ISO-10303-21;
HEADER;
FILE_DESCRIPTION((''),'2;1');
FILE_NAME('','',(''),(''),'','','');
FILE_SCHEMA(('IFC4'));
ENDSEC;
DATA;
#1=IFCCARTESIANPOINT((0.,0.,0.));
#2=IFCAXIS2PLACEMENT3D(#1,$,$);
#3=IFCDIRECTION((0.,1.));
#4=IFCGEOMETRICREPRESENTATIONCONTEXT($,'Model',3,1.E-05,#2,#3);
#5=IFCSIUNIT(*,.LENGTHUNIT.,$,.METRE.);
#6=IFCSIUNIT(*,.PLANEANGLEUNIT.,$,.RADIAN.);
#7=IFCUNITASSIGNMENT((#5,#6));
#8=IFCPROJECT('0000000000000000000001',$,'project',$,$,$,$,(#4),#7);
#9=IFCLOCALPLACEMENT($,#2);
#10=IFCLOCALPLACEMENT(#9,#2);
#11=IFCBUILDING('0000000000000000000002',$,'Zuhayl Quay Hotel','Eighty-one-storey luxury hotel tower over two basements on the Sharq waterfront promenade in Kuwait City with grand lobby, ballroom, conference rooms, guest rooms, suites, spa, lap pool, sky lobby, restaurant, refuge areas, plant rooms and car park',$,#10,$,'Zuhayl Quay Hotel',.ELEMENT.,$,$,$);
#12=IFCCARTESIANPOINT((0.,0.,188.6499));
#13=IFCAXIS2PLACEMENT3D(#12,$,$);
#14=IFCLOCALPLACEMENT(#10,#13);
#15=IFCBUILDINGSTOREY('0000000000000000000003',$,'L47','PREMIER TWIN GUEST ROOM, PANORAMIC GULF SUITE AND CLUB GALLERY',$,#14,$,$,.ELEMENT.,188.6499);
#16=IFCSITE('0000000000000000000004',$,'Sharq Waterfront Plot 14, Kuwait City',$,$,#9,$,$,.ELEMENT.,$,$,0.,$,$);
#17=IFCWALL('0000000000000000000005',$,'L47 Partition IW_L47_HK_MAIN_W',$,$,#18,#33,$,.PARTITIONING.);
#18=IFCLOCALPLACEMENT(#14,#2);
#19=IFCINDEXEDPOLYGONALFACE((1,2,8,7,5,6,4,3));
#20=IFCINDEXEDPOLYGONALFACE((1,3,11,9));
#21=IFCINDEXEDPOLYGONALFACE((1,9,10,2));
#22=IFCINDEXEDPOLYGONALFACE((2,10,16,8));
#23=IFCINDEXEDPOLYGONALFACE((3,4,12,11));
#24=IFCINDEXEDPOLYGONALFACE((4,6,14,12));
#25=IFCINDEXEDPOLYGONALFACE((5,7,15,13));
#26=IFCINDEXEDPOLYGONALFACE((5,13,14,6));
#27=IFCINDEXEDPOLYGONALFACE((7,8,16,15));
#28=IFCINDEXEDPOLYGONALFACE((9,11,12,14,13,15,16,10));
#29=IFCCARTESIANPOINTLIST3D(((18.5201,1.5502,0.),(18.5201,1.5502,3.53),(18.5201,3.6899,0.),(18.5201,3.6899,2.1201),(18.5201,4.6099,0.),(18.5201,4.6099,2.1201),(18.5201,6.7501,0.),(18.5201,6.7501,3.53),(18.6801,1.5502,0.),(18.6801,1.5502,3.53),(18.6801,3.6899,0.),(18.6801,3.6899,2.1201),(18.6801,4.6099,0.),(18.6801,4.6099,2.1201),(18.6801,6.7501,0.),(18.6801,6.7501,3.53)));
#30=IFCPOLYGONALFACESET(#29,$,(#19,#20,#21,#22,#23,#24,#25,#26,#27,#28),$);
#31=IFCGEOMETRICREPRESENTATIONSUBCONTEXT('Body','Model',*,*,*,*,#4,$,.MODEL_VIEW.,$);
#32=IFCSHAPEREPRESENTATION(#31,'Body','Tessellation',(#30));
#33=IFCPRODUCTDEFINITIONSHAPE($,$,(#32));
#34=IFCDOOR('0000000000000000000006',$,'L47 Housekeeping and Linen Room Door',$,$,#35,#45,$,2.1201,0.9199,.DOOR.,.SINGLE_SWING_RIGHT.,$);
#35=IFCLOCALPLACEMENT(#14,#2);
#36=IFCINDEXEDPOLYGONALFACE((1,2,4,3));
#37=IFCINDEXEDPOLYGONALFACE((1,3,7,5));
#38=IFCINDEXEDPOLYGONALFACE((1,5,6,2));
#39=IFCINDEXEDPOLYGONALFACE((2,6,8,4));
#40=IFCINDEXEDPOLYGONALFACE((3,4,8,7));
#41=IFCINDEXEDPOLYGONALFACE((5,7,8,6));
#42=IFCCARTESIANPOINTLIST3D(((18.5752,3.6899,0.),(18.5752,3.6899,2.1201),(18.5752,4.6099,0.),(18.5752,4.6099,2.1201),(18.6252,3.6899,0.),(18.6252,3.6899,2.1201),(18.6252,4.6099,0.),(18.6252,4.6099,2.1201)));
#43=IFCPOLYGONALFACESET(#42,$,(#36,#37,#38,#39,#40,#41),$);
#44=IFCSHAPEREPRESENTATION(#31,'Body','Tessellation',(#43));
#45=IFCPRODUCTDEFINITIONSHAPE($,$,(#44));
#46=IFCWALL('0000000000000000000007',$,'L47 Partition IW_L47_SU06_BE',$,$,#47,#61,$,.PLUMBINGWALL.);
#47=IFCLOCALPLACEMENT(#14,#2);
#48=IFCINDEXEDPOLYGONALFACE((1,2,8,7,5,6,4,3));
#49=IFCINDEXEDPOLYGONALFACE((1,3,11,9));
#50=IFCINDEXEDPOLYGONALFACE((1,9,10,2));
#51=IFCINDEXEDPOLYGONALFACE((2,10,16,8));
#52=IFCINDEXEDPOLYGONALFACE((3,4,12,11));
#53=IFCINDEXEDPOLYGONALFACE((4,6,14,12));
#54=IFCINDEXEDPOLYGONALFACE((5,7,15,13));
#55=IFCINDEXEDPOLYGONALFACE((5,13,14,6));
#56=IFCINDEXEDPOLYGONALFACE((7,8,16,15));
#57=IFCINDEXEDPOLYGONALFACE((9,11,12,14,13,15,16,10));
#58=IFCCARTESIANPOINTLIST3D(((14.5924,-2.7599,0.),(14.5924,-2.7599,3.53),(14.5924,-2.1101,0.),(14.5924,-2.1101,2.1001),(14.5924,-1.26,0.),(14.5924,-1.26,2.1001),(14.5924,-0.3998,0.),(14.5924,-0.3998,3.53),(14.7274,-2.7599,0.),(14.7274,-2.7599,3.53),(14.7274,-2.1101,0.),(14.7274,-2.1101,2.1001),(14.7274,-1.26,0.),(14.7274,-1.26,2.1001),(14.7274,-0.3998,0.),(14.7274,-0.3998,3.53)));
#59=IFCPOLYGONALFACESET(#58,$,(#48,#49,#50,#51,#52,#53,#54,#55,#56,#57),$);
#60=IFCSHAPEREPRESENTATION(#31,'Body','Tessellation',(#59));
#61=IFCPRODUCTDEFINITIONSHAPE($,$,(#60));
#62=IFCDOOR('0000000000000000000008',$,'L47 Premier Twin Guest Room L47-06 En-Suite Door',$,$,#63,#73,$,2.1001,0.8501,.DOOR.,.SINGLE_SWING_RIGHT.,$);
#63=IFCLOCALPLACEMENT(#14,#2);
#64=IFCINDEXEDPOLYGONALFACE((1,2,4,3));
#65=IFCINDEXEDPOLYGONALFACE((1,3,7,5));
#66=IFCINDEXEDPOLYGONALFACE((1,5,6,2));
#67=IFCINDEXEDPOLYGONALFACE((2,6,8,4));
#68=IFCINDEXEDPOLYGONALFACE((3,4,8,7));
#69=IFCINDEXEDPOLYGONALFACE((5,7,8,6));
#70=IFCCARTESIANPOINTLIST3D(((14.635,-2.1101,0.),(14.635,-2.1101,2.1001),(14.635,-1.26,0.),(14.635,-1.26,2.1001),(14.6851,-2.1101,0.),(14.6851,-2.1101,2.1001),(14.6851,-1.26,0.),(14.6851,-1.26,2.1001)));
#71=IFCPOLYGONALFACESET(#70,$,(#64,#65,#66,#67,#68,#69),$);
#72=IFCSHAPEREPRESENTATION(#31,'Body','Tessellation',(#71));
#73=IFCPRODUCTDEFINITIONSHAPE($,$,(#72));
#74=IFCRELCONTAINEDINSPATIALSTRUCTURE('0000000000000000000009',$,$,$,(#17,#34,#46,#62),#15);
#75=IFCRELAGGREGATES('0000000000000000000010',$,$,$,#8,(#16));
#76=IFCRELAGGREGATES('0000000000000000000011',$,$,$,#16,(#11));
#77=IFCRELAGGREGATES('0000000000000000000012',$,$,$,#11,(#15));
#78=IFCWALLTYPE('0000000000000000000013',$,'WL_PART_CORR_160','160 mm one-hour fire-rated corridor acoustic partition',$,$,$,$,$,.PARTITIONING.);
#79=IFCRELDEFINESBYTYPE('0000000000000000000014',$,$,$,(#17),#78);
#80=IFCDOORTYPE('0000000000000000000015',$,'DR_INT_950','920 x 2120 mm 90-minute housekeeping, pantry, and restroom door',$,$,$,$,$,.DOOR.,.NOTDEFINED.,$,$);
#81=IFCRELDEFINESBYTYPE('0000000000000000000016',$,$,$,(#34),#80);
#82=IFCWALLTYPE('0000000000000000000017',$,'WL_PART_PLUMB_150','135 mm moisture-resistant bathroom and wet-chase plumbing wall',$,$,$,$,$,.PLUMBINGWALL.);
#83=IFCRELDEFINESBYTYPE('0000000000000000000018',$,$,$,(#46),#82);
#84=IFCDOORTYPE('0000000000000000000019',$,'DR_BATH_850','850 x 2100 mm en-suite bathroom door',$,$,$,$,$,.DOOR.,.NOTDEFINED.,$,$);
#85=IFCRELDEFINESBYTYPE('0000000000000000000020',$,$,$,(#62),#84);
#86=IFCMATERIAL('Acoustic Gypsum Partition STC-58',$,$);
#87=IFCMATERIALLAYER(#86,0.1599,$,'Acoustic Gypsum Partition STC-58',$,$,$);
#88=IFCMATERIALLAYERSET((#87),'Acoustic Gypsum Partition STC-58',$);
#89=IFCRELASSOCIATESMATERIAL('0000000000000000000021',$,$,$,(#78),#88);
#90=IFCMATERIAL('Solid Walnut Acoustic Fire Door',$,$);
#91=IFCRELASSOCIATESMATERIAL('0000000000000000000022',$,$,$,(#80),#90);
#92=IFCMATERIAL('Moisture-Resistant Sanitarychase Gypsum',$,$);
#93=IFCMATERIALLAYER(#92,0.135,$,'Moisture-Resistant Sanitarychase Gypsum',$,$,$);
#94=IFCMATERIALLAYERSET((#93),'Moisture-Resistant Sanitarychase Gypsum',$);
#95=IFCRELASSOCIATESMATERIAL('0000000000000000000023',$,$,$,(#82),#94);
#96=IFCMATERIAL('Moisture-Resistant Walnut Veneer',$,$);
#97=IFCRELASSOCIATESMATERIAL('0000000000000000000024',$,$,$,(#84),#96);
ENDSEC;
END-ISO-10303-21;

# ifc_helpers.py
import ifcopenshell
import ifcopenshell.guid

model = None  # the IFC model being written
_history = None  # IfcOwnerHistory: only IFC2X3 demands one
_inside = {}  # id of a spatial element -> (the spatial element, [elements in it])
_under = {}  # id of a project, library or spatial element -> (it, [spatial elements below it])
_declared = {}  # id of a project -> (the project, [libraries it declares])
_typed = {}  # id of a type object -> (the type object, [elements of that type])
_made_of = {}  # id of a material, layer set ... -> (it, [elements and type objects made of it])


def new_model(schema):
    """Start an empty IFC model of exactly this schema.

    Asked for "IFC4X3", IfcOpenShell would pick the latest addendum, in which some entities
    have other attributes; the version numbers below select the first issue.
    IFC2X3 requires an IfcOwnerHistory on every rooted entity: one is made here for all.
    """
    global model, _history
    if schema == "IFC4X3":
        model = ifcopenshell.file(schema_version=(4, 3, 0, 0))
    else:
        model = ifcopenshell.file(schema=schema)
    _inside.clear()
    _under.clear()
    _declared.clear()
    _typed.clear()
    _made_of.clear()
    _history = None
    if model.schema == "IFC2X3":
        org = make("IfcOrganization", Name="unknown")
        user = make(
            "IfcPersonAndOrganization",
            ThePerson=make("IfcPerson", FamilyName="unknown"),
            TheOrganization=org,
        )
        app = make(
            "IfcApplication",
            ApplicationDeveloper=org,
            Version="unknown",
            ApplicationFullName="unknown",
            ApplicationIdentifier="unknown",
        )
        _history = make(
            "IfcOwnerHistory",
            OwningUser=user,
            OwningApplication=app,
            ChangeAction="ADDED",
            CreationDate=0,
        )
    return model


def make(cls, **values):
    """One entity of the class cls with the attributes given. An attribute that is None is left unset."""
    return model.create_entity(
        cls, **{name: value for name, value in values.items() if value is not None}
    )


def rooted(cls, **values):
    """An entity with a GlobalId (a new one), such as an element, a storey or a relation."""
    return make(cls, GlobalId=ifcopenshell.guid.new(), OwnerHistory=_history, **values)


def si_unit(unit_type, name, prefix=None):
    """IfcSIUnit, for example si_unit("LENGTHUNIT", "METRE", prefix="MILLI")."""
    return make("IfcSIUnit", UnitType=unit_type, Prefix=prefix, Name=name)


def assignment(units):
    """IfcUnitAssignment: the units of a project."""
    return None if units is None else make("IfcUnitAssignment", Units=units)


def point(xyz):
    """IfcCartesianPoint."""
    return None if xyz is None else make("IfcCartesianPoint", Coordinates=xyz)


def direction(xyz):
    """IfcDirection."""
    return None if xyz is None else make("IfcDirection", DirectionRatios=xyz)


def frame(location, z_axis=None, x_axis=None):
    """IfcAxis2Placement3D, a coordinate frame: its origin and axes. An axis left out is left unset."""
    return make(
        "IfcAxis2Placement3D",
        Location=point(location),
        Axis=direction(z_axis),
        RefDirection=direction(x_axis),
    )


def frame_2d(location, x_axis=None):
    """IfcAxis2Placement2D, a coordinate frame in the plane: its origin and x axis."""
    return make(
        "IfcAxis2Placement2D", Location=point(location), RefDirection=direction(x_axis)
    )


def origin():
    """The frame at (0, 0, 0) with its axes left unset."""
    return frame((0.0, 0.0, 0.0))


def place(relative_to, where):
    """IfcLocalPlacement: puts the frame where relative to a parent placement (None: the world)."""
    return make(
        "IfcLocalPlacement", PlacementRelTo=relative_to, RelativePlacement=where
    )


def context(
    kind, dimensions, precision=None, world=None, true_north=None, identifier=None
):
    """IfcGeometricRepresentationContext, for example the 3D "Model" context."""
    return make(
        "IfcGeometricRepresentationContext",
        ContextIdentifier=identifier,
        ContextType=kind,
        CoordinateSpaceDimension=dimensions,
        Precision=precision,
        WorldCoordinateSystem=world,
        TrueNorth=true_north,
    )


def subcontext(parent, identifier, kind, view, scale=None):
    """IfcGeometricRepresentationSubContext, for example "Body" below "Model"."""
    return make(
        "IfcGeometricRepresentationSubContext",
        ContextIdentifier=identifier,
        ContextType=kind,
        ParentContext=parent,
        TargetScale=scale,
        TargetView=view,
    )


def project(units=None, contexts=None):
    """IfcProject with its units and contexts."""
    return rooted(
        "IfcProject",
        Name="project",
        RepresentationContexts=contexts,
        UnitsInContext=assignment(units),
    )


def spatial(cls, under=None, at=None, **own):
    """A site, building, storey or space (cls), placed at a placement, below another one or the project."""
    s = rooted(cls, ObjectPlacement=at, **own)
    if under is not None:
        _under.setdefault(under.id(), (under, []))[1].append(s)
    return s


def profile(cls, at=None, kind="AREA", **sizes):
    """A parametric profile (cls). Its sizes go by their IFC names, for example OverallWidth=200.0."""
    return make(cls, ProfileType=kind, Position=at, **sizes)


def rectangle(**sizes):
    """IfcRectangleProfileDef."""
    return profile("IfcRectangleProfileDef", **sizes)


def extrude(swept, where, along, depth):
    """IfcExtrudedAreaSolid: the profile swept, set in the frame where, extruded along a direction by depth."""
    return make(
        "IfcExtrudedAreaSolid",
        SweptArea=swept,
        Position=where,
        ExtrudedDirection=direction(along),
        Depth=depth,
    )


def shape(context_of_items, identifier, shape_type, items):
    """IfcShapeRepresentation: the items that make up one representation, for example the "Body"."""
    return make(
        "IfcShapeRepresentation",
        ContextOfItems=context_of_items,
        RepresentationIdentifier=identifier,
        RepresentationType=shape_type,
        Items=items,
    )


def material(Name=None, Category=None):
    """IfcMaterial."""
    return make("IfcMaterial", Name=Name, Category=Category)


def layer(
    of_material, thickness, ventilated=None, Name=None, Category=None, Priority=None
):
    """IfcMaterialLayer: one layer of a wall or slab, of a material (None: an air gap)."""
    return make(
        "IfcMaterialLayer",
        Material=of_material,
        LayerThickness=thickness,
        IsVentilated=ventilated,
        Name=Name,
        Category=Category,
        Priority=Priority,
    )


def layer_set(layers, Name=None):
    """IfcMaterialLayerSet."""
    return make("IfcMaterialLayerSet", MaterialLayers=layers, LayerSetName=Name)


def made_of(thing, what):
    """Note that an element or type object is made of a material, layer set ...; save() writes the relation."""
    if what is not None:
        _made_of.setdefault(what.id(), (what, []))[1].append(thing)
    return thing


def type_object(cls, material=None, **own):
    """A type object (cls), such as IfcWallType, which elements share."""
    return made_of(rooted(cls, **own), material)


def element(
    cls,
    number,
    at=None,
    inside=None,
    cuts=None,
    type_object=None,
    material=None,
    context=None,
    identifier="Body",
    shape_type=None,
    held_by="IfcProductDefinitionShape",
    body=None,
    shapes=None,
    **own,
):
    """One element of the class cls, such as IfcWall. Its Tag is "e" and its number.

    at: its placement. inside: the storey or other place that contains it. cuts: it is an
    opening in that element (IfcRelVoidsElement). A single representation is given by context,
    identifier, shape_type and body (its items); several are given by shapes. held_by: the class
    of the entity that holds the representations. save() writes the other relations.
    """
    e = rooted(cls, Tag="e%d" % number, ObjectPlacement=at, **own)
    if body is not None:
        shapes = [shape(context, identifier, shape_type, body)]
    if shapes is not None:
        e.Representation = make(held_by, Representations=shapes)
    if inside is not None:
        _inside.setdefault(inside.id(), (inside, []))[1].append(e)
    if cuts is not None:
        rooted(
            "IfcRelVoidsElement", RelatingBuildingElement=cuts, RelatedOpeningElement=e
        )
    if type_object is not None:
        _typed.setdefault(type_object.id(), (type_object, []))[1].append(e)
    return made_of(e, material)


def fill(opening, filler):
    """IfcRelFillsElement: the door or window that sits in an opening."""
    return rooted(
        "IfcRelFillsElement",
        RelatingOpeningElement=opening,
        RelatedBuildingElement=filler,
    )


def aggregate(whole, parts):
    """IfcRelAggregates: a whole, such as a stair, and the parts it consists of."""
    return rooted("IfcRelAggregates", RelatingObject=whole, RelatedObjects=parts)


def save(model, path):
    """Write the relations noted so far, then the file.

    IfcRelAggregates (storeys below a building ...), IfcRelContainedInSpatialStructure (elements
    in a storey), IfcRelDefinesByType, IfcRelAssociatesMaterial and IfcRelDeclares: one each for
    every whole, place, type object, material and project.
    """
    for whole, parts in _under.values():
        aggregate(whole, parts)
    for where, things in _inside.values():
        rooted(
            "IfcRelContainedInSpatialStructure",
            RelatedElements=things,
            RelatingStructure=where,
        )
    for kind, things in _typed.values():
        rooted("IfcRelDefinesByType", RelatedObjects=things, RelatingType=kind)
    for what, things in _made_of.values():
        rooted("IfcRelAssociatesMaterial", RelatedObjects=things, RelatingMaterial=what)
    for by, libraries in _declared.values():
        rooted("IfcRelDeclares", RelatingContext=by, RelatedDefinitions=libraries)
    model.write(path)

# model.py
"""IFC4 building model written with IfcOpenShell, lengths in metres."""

from ifc_helpers import new_model, si_unit, direction, frame, frame_2d, origin, place, context, subcontext, project, spatial, rectangle, extrude, material, layer, layer_set, type_object, element, fill, save


model = new_model("IFC4")

# Units and contexts
model_context = context("Model", 3, precision=1e-05, world=origin(), true_north=direction((0.0, 1.0)))
body_context = subcontext(model_context, "Body", "Model", "MODEL_VIEW")
ifc_project = project(units=[si_unit("LENGTHUNIT", "METRE"), si_unit("PLANEANGLEUNIT", "RADIAN")], contexts=[model_context])

# Site, building, storey
site_placement = place(None, origin())
site = spatial("IfcSite", under=ifc_project, at=site_placement, Name="Sharq Waterfront Plot 14, Kuwait City", CompositionType="ELEMENT", RefElevation=0.0)
building_placement = place(site_placement, origin())
building = spatial("IfcBuilding", under=site, at=building_placement, Name="Zuhayl Quay Hotel", Description="Eighty-one-storey luxury hotel tower over two basements on the Sharq waterfront promenade in Kuwait City with grand lobby, ballroom, conference rooms, guest rooms, suites, spa, lap pool, sky lobby, restaurant, refuge areas, plant rooms and car park", LongName="Zuhayl Quay Hotel", CompositionType="ELEMENT")
storey_placement = place(building_placement, frame((0.0, 0.0, 188.6499)))
storey = spatial("IfcBuildingStorey", under=building, at=storey_placement, Name="L47", Description="PREMIER TWIN GUEST ROOM, PANORAMIC GULF SUITE AND CLUB GALLERY", CompositionType="ELEMENT", Elevation=188.6499)

# Shared definitions
ifc_material_1 = material(Name="Acoustic Gypsum Partition STC-58")

# Walls, openings, doors
ifc_layer_1 = layer(ifc_material_1, 0.1599, Name="Acoustic Gypsum Partition STC-58")
ifc_layer_set_1 = layer_set([ifc_layer_1], Name="Acoustic Gypsum Partition STC-58")
wall_type_1 = type_object("IfcWallType", Name="WL_PART_CORR_160", Description="160 mm one-hour fire-rated corridor acoustic partition", PredefinedType="PARTITIONING", material=ifc_layer_set_1)
wall_1_placement = place(storey_placement, frame((18.6001, 1.55, 0.0), z_axis=(0.0, 0.0, 1.0), x_axis=(0.0, 1.0, 0.0)))
wall_1 = element("IfcWall", 1, at=wall_1_placement, inside=storey, type_object=wall_type_1, Name="L47 Partition IW_L47_HK_MAIN_W", PredefinedType="PARTITIONING", context=body_context, shape_type="SweptSolid", body=[
    extrude(rectangle(XDim=5.2, YDim=0.1599, at=frame_2d((2.6001, 0.0))), origin(), (0.0, 0.0, 1.0), 3.53),
])
opening_1_placement = place(wall_1_placement, frame((2.1399, 0.0, 0.0)))
opening_1 = element("IfcOpeningElement", 2, at=opening_1_placement, cuts=wall_1, PredefinedType="OPENING", context=body_context, shape_type="SweptSolid", body=[
    extrude(rectangle(XDim=0.9199, YDim=2.1201, at=frame_2d((0.46, 1.0601))), frame((0.0, 0.0898, 0.0), z_axis=(0.0, -1.0, 0.0), x_axis=(1.0, 0.0, 0.0)), (0.0, 0.0, 1.0), 0.1799),
])
ifc_material_2 = material(Name="Solid Walnut Acoustic Fire Door")
door_type_1 = type_object("IfcDoorType", Name="DR_INT_950", Description="920 x 2120 mm 90-minute housekeeping, pantry, and restroom door", OperationType="NOTDEFINED", PredefinedType="DOOR", material=ifc_material_2)
door_1_placement = place(opening_1_placement, origin())
door_1 = element("IfcDoor", 3, at=door_1_placement, inside=storey, type_object=door_type_1, Name="L47 Housekeeping and Linen Room Door", OperationType="SINGLE_SWING_RIGHT", OverallHeight=2.1201, OverallWidth=0.9199, PredefinedType="DOOR", context=body_context, shape_type="SweptSolid", body=[
    extrude(rectangle(XDim=0.9199, YDim=2.1201, at=frame_2d((0.46, 1.0601))), frame((0.0, 0.0249, 0.0), z_axis=(0.0, -1.0, 0.0), x_axis=(1.0, 0.0, 0.0)), (0.0, 0.0, 1.0), 0.05),
])
fill(opening_1, door_1)
ifc_material_3 = material(Name="Moisture-Resistant Sanitarychase Gypsum")
ifc_layer_2 = layer(ifc_material_3, 0.135, Name="Moisture-Resistant Sanitarychase Gypsum")
ifc_layer_set_2 = layer_set([ifc_layer_2], Name="Moisture-Resistant Sanitarychase Gypsum")
wall_type_2 = type_object("IfcWallType", Name="WL_PART_PLUMB_150", Description="135 mm moisture-resistant bathroom and wet-chase plumbing wall", PredefinedType="PLUMBINGWALL", material=ifc_layer_set_2)
wall_2_placement = place(storey_placement, frame((14.6599, -2.76, 0.0), z_axis=(0.0, 0.0, 1.0), x_axis=(0.0, 1.0, 0.0)))
wall_2 = element("IfcWall", 4, at=wall_2_placement, inside=storey, type_object=wall_type_2, Name="L47 Partition IW_L47_SU06_BE", PredefinedType="PLUMBINGWALL", context=body_context, shape_type="SweptSolid", body=[
    extrude(rectangle(XDim=2.3601, YDim=0.135, at=frame_2d((1.1802, 0.0))), origin(), (0.0, 0.0, 1.0), 3.53),
])
opening_2_placement = place(wall_2_placement, frame((0.6499, 0.0, 0.0)))
opening_2 = element("IfcOpeningElement", 5, at=opening_2_placement, cuts=wall_2, PredefinedType="OPENING", context=body_context, shape_type="SweptSolid", body=[
    extrude(rectangle(XDim=0.8501, YDim=2.1001, at=frame_2d((0.425, 1.05))), frame((0.0, 0.0774, 0.0), z_axis=(0.0, -1.0, 0.0), x_axis=(1.0, 0.0, 0.0)), (0.0, 0.0, 1.0), 0.155),
])
ifc_material_4 = material(Name="Moisture-Resistant Walnut Veneer")
door_type_2 = type_object("IfcDoorType", Name="DR_BATH_850", Description="850 x 2100 mm en-suite bathroom door", OperationType="NOTDEFINED", PredefinedType="DOOR", material=ifc_material_4)
door_2_placement = place(opening_2_placement, origin())
door_2 = element("IfcDoor", 6, at=door_2_placement, inside=storey, type_object=door_type_2, Name="L47 Premier Twin Guest Room L47-06 En-Suite Door", OperationType="SINGLE_SWING_RIGHT", OverallHeight=2.1001, OverallWidth=0.8501, PredefinedType="DOOR", context=body_context, shape_type="SweptSolid", body=[
    extrude(rectangle(XDim=0.8501, YDim=2.1001, at=frame_2d((0.425, 1.05))), frame((0.0, 0.0249, 0.0), z_axis=(0.0, -1.0, 0.0), x_axis=(1.0, 0.0, 0.0)), (0.0, 0.0, 1.0), 0.05),
])
fill(opening_2, door_2)

save(model, "model.ifc")
